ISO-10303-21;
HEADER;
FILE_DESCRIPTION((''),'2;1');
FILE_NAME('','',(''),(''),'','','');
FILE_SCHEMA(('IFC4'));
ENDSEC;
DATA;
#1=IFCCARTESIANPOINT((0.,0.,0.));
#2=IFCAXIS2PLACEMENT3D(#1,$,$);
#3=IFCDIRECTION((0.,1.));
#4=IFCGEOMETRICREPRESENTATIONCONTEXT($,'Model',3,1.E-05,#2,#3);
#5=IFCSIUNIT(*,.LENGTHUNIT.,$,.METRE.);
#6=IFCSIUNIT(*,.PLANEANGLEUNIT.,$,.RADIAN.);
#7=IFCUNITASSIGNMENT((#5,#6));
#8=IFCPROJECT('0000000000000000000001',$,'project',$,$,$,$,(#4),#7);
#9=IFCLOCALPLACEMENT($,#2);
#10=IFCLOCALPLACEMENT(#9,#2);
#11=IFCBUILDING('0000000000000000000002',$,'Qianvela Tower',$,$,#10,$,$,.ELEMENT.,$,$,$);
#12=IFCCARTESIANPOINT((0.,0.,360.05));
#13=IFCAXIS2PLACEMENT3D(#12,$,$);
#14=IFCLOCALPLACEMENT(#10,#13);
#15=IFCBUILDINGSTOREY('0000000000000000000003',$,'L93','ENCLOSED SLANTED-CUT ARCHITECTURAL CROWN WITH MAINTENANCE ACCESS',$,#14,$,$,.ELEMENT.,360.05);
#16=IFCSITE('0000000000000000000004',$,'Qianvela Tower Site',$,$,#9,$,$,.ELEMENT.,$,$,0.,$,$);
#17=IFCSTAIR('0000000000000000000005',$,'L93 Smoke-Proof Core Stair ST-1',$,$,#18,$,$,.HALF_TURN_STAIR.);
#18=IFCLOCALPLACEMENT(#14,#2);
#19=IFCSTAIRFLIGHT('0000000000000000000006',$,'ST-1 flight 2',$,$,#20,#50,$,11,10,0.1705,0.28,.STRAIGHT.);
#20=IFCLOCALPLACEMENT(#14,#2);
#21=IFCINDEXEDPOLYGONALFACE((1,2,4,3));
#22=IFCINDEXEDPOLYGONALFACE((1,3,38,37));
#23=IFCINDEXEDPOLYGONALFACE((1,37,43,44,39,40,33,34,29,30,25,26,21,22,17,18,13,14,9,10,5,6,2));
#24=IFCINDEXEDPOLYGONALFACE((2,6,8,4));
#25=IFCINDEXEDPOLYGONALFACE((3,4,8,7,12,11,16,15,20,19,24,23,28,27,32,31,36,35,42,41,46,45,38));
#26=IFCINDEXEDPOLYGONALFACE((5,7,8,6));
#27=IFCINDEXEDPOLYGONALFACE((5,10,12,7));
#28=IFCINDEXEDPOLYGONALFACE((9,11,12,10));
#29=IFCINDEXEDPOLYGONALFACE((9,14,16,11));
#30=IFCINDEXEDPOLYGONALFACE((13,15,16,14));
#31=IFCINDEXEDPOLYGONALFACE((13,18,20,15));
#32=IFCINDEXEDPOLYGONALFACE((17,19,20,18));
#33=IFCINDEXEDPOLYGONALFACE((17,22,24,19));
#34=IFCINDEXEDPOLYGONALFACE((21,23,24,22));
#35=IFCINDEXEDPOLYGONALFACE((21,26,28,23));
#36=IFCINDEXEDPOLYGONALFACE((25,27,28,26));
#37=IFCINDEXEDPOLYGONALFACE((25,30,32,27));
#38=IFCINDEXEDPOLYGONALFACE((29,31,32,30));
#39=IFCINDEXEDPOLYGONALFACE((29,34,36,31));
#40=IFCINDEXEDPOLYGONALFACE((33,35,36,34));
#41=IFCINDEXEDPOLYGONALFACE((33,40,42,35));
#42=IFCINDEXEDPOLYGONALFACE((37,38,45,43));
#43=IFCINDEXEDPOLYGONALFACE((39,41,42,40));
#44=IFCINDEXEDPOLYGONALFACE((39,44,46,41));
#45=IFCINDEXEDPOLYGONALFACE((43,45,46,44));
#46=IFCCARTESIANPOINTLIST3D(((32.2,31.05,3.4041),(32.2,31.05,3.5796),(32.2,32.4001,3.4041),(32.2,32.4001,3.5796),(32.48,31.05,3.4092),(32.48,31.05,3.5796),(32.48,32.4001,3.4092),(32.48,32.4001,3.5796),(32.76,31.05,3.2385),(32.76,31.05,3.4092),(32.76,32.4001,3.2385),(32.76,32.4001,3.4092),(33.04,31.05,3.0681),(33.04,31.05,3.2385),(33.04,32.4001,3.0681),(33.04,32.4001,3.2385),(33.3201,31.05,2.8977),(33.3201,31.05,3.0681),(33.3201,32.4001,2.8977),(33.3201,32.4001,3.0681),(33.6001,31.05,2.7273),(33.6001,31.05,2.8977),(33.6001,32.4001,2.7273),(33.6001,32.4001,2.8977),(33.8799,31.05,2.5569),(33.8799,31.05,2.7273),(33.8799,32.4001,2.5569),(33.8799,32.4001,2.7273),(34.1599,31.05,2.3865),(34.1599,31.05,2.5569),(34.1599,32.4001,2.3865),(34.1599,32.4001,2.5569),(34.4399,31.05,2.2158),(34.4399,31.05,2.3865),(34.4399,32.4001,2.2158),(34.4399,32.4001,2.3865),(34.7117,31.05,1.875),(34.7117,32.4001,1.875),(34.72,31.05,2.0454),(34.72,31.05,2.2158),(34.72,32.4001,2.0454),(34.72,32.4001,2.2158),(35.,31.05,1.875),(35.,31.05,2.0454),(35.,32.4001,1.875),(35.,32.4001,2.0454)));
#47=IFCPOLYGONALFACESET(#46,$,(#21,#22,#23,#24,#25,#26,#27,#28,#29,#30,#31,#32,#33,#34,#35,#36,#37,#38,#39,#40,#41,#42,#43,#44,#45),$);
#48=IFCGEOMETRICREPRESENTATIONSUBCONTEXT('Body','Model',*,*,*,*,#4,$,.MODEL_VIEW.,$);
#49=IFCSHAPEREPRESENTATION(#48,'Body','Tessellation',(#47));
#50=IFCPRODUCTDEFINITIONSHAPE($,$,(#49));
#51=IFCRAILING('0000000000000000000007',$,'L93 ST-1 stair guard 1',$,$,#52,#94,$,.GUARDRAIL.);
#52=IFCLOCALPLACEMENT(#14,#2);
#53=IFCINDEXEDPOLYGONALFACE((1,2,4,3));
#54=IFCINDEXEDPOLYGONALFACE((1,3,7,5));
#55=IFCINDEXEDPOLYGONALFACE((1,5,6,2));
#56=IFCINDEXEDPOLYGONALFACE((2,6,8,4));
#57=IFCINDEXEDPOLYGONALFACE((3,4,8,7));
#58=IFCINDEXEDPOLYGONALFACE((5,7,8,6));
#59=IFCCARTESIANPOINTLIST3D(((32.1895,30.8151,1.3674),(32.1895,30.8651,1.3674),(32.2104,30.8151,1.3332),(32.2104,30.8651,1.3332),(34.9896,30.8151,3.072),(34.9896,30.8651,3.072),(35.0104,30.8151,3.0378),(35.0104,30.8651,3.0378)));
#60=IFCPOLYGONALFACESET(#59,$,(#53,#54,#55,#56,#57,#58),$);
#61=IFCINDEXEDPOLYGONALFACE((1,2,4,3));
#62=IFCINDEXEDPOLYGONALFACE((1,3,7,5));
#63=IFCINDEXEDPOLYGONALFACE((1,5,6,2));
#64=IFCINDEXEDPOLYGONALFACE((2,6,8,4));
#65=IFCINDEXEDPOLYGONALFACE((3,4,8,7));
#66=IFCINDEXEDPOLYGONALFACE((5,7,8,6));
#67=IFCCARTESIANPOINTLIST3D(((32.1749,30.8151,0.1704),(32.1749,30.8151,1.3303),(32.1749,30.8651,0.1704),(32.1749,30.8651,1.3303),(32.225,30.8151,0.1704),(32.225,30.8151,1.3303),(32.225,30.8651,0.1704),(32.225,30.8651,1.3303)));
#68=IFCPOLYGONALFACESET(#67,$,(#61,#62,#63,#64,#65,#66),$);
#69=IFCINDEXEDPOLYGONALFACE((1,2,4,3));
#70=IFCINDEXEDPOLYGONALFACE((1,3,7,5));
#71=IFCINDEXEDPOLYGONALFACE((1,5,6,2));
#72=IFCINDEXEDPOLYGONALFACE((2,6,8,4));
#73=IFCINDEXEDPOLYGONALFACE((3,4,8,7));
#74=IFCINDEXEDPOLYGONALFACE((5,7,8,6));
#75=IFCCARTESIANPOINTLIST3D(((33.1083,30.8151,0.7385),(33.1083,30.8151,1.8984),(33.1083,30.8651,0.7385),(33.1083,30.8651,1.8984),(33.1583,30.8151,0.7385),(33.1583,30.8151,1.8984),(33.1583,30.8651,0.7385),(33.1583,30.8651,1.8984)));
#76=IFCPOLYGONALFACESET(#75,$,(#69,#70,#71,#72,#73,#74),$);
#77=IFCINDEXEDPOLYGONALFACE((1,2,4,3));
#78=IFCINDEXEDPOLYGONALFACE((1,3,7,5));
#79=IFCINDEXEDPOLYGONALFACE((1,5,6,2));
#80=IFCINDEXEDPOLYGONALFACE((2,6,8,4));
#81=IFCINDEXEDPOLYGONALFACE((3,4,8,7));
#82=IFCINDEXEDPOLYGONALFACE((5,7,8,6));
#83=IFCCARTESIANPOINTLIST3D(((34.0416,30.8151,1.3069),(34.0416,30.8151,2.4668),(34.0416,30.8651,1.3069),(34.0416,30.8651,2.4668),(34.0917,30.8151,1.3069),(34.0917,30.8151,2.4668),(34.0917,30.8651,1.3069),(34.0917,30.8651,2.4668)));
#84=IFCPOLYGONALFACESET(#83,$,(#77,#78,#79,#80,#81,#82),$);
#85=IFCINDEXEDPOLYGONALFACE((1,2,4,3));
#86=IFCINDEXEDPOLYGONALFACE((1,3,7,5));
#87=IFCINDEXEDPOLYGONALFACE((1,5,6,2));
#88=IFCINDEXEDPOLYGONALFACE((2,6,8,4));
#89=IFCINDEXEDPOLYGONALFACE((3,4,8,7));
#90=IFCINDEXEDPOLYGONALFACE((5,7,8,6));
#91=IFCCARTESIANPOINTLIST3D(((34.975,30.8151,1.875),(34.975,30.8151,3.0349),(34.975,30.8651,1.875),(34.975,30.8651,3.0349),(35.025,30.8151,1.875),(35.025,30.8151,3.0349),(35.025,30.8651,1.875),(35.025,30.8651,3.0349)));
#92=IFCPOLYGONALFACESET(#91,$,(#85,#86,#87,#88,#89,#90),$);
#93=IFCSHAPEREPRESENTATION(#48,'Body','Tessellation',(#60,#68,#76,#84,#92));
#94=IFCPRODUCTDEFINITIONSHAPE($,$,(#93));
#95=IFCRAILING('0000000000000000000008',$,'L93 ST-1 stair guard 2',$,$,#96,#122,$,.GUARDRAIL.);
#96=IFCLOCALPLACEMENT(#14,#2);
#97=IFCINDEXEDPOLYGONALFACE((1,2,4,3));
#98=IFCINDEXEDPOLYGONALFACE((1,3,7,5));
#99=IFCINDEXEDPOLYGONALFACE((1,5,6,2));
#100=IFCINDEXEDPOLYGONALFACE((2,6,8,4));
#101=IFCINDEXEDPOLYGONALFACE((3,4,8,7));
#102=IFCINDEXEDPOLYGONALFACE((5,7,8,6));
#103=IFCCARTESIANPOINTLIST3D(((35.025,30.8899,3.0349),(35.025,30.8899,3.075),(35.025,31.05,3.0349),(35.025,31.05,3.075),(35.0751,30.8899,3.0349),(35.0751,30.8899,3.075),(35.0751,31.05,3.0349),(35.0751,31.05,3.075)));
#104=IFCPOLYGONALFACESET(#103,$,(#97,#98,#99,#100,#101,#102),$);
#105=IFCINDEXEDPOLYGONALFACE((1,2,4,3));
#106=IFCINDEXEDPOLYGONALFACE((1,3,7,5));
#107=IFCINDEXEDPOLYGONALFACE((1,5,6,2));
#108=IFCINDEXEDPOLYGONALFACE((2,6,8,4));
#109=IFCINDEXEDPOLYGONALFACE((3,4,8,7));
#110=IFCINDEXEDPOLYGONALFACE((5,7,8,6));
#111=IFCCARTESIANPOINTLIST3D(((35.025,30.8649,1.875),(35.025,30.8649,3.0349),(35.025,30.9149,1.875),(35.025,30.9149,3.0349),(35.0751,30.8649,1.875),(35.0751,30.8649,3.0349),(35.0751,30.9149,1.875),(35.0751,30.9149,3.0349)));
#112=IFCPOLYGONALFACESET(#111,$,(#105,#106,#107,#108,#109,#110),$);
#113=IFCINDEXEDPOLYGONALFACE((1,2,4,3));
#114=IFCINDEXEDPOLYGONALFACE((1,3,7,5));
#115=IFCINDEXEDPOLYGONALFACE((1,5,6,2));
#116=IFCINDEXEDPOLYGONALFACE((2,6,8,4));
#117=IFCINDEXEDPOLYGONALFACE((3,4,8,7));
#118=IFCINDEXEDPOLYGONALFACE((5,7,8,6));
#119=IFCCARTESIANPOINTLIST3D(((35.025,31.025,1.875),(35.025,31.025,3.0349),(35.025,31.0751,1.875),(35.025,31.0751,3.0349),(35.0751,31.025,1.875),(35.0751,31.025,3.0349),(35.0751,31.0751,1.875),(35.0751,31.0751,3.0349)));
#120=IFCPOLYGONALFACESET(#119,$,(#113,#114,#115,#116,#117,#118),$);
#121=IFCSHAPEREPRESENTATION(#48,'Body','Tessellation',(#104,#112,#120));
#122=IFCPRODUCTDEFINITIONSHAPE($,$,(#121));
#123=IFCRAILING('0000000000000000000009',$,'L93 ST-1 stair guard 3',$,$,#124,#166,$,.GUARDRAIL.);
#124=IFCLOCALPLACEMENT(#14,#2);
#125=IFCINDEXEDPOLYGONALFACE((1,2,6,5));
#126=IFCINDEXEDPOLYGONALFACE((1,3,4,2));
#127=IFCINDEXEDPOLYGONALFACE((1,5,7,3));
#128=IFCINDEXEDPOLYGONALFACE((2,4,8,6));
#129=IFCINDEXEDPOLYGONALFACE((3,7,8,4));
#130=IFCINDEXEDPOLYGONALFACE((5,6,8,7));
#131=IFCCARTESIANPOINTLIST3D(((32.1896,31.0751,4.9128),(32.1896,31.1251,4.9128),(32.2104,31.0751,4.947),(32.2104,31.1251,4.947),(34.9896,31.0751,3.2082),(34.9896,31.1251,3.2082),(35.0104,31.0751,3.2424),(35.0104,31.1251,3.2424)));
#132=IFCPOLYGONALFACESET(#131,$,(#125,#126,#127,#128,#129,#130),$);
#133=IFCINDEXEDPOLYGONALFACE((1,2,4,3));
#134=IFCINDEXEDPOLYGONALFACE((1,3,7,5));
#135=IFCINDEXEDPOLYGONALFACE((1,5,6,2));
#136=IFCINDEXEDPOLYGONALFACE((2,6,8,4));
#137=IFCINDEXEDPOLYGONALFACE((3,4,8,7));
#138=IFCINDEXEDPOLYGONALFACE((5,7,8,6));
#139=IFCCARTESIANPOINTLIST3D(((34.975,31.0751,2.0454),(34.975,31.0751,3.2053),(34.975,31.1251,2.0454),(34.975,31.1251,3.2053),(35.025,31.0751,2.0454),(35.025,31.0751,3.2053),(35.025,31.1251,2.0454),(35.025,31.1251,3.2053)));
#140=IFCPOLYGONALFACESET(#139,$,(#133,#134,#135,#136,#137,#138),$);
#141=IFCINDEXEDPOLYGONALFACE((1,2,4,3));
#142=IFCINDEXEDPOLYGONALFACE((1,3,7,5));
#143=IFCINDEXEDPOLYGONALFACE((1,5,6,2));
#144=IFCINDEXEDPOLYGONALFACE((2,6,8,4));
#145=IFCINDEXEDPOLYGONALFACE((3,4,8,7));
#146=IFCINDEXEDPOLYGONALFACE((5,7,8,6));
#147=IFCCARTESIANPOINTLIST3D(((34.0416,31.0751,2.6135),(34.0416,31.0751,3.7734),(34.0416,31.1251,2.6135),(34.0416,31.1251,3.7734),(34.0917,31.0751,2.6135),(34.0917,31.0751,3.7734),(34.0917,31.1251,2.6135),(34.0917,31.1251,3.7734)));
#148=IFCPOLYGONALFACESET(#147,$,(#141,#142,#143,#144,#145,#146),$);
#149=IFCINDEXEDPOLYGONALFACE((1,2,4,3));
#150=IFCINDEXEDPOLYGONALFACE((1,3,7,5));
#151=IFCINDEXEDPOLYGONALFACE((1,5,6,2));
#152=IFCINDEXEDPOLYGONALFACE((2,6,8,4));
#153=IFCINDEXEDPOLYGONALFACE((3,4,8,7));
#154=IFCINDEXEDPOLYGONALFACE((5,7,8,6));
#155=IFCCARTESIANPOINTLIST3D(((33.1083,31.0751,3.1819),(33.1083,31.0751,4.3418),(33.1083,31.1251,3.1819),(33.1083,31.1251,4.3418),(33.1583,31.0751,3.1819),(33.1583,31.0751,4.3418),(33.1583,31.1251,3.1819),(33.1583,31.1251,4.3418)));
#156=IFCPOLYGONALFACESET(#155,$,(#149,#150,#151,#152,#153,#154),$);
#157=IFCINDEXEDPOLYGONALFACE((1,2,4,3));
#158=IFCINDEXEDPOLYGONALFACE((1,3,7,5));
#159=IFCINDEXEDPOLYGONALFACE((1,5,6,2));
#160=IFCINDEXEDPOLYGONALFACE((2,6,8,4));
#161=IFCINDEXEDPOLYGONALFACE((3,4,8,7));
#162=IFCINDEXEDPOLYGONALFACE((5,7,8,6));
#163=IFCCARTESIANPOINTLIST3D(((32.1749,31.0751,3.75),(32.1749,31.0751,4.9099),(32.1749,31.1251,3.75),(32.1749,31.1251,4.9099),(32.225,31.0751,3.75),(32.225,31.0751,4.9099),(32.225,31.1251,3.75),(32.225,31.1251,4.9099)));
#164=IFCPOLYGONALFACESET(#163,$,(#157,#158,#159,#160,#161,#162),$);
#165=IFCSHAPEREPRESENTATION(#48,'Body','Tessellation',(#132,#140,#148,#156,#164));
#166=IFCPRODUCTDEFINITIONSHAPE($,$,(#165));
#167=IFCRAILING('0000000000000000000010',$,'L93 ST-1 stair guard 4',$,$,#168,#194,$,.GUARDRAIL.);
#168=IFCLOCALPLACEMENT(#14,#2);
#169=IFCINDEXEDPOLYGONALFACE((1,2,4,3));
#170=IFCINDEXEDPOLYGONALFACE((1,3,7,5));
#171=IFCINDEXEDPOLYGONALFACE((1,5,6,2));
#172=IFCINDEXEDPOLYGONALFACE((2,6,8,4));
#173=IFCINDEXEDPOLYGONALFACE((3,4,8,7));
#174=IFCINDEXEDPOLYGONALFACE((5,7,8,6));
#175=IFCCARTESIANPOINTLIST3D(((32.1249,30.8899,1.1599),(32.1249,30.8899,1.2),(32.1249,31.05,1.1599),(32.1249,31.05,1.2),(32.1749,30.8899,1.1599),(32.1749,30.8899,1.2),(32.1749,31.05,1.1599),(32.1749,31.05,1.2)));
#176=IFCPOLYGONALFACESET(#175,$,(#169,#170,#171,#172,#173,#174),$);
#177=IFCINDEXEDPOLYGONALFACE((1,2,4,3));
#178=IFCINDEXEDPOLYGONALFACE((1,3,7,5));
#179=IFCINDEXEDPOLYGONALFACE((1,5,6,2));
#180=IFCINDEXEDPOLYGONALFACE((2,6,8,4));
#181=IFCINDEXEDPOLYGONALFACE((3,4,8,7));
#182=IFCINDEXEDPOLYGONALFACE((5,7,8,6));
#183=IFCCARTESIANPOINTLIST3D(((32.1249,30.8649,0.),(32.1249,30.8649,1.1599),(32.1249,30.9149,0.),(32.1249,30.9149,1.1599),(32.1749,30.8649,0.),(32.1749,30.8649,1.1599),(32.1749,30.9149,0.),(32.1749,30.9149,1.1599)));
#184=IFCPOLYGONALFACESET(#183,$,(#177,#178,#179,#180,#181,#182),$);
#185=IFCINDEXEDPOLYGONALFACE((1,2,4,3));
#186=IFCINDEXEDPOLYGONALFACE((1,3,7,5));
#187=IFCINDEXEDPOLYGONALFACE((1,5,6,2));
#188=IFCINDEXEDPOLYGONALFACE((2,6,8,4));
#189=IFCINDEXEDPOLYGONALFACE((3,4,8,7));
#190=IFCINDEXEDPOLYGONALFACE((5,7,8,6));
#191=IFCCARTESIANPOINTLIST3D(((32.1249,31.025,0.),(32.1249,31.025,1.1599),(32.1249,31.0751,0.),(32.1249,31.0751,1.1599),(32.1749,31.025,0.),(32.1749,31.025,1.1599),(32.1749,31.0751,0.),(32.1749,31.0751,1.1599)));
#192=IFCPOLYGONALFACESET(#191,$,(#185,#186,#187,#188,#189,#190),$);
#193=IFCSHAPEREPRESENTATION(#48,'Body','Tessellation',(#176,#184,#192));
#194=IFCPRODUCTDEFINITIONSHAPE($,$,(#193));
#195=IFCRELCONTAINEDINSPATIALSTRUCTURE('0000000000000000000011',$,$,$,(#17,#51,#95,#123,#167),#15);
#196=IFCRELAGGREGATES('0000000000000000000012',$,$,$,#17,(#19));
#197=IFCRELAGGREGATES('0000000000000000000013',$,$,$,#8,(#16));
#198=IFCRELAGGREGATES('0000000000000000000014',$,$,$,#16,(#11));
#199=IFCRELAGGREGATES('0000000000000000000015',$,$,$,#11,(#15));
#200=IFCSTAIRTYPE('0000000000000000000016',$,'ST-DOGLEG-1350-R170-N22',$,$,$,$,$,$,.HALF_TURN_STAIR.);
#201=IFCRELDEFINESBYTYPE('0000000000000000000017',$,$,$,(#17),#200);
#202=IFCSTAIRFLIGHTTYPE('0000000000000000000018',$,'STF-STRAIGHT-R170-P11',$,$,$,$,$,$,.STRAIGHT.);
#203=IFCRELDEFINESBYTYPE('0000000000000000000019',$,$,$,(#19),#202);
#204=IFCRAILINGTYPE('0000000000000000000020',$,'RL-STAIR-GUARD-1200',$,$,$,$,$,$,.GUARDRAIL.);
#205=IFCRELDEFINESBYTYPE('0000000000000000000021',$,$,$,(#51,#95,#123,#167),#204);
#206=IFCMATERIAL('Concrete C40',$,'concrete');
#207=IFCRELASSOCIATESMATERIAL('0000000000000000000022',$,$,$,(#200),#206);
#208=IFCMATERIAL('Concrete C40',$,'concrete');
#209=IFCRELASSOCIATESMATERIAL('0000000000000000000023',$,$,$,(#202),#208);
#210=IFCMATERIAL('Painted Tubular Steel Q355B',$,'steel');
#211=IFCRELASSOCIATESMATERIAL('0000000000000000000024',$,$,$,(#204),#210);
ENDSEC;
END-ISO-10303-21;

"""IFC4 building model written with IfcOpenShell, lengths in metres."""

from ifc_helpers import new_model, si_unit, direction, frame, origin, origin_2d, place, context, subcontext, project, spatial, polyline, rectangle, outline, extrude, material, type_object, element, aggregate, save


model = new_model("IFC4")

# Units and contexts
model_context = context("Model", 3, precision=1e-05, world=origin(), true_north=direction((0.0, 1.0)))
body_context = subcontext(model_context, "Body", "Model", "MODEL_VIEW")
ifc_project = project(units=[si_unit("LENGTHUNIT", "METRE"), si_unit("PLANEANGLEUNIT", "RADIAN")], contexts=[model_context])

# Site, building, storey
site_placement = place(None, origin())
site = spatial("IfcSite", under=ifc_project, at=site_placement, Name="Qianvela Tower Site", CompositionType="ELEMENT", RefElevation=0.0)
building_placement = place(site_placement, origin())
building = spatial("IfcBuilding", under=site, at=building_placement, Name="Qianvela Tower", CompositionType="ELEMENT")
storey_placement = place(building_placement, frame((0.0, 0.0, 360.05)))
storey = spatial("IfcBuildingStorey", under=building, at=storey_placement, Name="L93", Description="ENCLOSED SLANTED-CUT ARCHITECTURAL CROWN WITH MAINTENANCE ACCESS", CompositionType="ELEMENT", Elevation=360.05)

# Stair, stair flight
ifc_material_1 = material(Name="Concrete C40", Category="concrete")
stair_type = type_object("IfcStairType", Name="ST-DOGLEG-1350-R170-N22", PredefinedType="HALF_TURN_STAIR", material=ifc_material_1)
stair_placement = place(storey_placement, origin())
stair = element("IfcStair", 1, at=stair_placement, inside=storey, type_object=stair_type, Name="L93 Smoke-Proof Core Stair ST-1", PredefinedType="HALF_TURN_STAIR")
ifc_material_2 = material(Name="Concrete C40", Category="concrete")
stair_flight_type = type_object("IfcStairFlightType", Name="STF-STRAIGHT-R170-P11", PredefinedType="STRAIGHT", material=ifc_material_2)
stair_flight_1_placement = place(storey_placement, frame((35.0, 31.7251, 1.875), z_axis=(0.0, 0.0, 1.0), x_axis=(-1.0, 0.0, 0.0)))
stair_flight_1 = element("IfcStairFlight", 2, at=stair_flight_1_placement, type_object=stair_flight_type, Name="ST-1 flight 2", NumberOfRisers=11, NumberOfTreads=10, PredefinedType="STRAIGHT", RiserHeight=0.1705, TreadLength=0.28, context=body_context, shape_type="SweptSolid", body=[
    extrude(outline(polyline([(0.0, 0.0), (0.0, 0.1704), (0.28, 0.1704), (0.28, 0.3408), (0.5601, 0.3408), (0.5601, 0.5115), (0.8401, 0.5115), (0.8401, 0.6819), (1.1201, 0.6819), (1.1201, 0.8523), (1.3999, 0.8523), (1.3999, 1.0227), (1.6799, 1.0227), (1.6799, 1.1931), (1.96, 1.1931), (1.96, 1.3635), (2.24, 1.3635), (2.24, 1.5342), (2.52, 1.5342), (2.52, 1.7046), (2.8, 1.7046), (2.8, 1.875), (2.8, 1.5291), (0.2883, 0.0), (0.0, 0.0)])), frame((0.0, 0.675, 0.0), z_axis=(0.0, -1.0, 0.0), x_axis=(1.0, 0.0, 0.0)), (0.0, 0.0, 1.0), 1.3501),
])
aggregate(stair, [stair_flight_1])

# Railings
ifc_material_3 = material(Name="Painted Tubular Steel Q355B", Category="steel")
railing_type_1 = type_object("IfcRailingType", Name="RL-STAIR-GUARD-1200", PredefinedType="GUARDRAIL", material=ifc_material_3)
railing_1_placement = place(storey_placement, frame((32.2, 30.8401, 0.1704)))
element("IfcRailing", 3, at=railing_1_placement, inside=storey, type_object=railing_type_1, Name="L93 ST-1 stair guard 1", PredefinedType="GUARDRAIL", context=body_context, shape_type="SweptSolid", body=[
    extrude(rectangle(XDim=0.05, YDim=0.04, at=origin_2d()), frame((0.0, 0.0, 1.1799), z_axis=(0.85417, 0.0, 0.519994), x_axis=(0.0, 1.0, 0.0)), (0.0, 0.0, 1.0), 3.2781),
    extrude(rectangle(XDim=0.05, YDim=0.05, at=origin_2d()), origin(), (0.0, 0.0, 1.0), 1.1599),
    extrude(rectangle(XDim=0.05, YDim=0.05, at=origin_2d()), frame((0.9333, 0.0, 0.5681)), (0.0, 0.0, 1.0), 1.1599),
    extrude(rectangle(XDim=0.05, YDim=0.05, at=origin_2d()), frame((1.8667, 0.0, 1.1365)), (0.0, 0.0, 1.0), 1.1599),
    extrude(rectangle(XDim=0.05, YDim=0.05, at=origin_2d()), frame((2.8, 0.0, 1.7046)), (0.0, 0.0, 1.0), 1.1599),
])
railing_2_placement = place(storey_placement, frame((35.05, 30.8899, 1.875)))
element("IfcRailing", 4, at=railing_2_placement, inside=storey, type_object=railing_type_1, Name="L93 ST-1 stair guard 2", PredefinedType="GUARDRAIL", context=body_context, shape_type="SweptSolid", body=[
    extrude(rectangle(XDim=0.05, YDim=0.04, at=origin_2d()), frame((0.0, 0.0, 1.1799), z_axis=(0.0, 1.0, 0.0), x_axis=(-1.0, 0.0, 0.0)), (0.0, 0.0, 1.0), 0.1602),
    extrude(rectangle(XDim=0.05, YDim=0.05, at=origin_2d()), origin(), (0.0, 0.0, 1.0), 1.1599),
    extrude(rectangle(XDim=0.05, YDim=0.05, at=origin_2d()), frame((0.0, 0.1602, 0.0)), (0.0, 0.0, 1.0), 1.1599),
])
railing_3_placement = place(storey_placement, frame((35.0, 31.1001, 2.0454)))
element("IfcRailing", 5, at=railing_3_placement, inside=storey, type_object=railing_type_1, Name="L93 ST-1 stair guard 3", PredefinedType="GUARDRAIL", context=body_context, shape_type="SweptSolid", body=[
    extrude(rectangle(XDim=0.05, YDim=0.04, at=origin_2d()), frame((0.0, 0.0, 1.1799), z_axis=(-0.85417, 0.0, 0.519994), x_axis=(0.0, -1.0, 0.0)), (0.0, 0.0, 1.0), 3.2781),
    extrude(rectangle(XDim=0.05, YDim=0.05, at=origin_2d()), origin(), (0.0, 0.0, 1.0), 1.1599),
    extrude(rectangle(XDim=0.05, YDim=0.05, at=origin_2d()), frame((-0.9333, 0.0, 0.5681)), (0.0, 0.0, 1.0), 1.1599),
    extrude(rectangle(XDim=0.05, YDim=0.05, at=origin_2d()), frame((-1.8667, 0.0, 1.1365)), (0.0, 0.0, 1.0), 1.1599),
    extrude(rectangle(XDim=0.05, YDim=0.05, at=origin_2d()), frame((-2.8, 0.0, 1.7046)), (0.0, 0.0, 1.0), 1.1599),
])
railing_4_placement = place(storey_placement, frame((32.1499, 30.8899, 0.0)))
element("IfcRailing", 6, at=railing_4_placement, inside=storey, type_object=railing_type_1, Name="L93 ST-1 stair guard 4", PredefinedType="GUARDRAIL", context=body_context, shape_type="SweptSolid", body=[
    extrude(rectangle(XDim=0.05, YDim=0.04, at=origin_2d()), frame((0.0, 0.0, 1.1799), z_axis=(0.0, 1.0, 0.0), x_axis=(-1.0, 0.0, 0.0)), (0.0, 0.0, 1.0), 0.1602),
    extrude(rectangle(XDim=0.05, YDim=0.05, at=origin_2d()), origin(), (0.0, 0.0, 1.0), 1.1599),
    extrude(rectangle(XDim=0.05, YDim=0.05, at=origin_2d()), frame((0.0, 0.1602, 0.0)), (0.0, 0.0, 1.0), 1.1599),
])

save(model, "model.ifc")
